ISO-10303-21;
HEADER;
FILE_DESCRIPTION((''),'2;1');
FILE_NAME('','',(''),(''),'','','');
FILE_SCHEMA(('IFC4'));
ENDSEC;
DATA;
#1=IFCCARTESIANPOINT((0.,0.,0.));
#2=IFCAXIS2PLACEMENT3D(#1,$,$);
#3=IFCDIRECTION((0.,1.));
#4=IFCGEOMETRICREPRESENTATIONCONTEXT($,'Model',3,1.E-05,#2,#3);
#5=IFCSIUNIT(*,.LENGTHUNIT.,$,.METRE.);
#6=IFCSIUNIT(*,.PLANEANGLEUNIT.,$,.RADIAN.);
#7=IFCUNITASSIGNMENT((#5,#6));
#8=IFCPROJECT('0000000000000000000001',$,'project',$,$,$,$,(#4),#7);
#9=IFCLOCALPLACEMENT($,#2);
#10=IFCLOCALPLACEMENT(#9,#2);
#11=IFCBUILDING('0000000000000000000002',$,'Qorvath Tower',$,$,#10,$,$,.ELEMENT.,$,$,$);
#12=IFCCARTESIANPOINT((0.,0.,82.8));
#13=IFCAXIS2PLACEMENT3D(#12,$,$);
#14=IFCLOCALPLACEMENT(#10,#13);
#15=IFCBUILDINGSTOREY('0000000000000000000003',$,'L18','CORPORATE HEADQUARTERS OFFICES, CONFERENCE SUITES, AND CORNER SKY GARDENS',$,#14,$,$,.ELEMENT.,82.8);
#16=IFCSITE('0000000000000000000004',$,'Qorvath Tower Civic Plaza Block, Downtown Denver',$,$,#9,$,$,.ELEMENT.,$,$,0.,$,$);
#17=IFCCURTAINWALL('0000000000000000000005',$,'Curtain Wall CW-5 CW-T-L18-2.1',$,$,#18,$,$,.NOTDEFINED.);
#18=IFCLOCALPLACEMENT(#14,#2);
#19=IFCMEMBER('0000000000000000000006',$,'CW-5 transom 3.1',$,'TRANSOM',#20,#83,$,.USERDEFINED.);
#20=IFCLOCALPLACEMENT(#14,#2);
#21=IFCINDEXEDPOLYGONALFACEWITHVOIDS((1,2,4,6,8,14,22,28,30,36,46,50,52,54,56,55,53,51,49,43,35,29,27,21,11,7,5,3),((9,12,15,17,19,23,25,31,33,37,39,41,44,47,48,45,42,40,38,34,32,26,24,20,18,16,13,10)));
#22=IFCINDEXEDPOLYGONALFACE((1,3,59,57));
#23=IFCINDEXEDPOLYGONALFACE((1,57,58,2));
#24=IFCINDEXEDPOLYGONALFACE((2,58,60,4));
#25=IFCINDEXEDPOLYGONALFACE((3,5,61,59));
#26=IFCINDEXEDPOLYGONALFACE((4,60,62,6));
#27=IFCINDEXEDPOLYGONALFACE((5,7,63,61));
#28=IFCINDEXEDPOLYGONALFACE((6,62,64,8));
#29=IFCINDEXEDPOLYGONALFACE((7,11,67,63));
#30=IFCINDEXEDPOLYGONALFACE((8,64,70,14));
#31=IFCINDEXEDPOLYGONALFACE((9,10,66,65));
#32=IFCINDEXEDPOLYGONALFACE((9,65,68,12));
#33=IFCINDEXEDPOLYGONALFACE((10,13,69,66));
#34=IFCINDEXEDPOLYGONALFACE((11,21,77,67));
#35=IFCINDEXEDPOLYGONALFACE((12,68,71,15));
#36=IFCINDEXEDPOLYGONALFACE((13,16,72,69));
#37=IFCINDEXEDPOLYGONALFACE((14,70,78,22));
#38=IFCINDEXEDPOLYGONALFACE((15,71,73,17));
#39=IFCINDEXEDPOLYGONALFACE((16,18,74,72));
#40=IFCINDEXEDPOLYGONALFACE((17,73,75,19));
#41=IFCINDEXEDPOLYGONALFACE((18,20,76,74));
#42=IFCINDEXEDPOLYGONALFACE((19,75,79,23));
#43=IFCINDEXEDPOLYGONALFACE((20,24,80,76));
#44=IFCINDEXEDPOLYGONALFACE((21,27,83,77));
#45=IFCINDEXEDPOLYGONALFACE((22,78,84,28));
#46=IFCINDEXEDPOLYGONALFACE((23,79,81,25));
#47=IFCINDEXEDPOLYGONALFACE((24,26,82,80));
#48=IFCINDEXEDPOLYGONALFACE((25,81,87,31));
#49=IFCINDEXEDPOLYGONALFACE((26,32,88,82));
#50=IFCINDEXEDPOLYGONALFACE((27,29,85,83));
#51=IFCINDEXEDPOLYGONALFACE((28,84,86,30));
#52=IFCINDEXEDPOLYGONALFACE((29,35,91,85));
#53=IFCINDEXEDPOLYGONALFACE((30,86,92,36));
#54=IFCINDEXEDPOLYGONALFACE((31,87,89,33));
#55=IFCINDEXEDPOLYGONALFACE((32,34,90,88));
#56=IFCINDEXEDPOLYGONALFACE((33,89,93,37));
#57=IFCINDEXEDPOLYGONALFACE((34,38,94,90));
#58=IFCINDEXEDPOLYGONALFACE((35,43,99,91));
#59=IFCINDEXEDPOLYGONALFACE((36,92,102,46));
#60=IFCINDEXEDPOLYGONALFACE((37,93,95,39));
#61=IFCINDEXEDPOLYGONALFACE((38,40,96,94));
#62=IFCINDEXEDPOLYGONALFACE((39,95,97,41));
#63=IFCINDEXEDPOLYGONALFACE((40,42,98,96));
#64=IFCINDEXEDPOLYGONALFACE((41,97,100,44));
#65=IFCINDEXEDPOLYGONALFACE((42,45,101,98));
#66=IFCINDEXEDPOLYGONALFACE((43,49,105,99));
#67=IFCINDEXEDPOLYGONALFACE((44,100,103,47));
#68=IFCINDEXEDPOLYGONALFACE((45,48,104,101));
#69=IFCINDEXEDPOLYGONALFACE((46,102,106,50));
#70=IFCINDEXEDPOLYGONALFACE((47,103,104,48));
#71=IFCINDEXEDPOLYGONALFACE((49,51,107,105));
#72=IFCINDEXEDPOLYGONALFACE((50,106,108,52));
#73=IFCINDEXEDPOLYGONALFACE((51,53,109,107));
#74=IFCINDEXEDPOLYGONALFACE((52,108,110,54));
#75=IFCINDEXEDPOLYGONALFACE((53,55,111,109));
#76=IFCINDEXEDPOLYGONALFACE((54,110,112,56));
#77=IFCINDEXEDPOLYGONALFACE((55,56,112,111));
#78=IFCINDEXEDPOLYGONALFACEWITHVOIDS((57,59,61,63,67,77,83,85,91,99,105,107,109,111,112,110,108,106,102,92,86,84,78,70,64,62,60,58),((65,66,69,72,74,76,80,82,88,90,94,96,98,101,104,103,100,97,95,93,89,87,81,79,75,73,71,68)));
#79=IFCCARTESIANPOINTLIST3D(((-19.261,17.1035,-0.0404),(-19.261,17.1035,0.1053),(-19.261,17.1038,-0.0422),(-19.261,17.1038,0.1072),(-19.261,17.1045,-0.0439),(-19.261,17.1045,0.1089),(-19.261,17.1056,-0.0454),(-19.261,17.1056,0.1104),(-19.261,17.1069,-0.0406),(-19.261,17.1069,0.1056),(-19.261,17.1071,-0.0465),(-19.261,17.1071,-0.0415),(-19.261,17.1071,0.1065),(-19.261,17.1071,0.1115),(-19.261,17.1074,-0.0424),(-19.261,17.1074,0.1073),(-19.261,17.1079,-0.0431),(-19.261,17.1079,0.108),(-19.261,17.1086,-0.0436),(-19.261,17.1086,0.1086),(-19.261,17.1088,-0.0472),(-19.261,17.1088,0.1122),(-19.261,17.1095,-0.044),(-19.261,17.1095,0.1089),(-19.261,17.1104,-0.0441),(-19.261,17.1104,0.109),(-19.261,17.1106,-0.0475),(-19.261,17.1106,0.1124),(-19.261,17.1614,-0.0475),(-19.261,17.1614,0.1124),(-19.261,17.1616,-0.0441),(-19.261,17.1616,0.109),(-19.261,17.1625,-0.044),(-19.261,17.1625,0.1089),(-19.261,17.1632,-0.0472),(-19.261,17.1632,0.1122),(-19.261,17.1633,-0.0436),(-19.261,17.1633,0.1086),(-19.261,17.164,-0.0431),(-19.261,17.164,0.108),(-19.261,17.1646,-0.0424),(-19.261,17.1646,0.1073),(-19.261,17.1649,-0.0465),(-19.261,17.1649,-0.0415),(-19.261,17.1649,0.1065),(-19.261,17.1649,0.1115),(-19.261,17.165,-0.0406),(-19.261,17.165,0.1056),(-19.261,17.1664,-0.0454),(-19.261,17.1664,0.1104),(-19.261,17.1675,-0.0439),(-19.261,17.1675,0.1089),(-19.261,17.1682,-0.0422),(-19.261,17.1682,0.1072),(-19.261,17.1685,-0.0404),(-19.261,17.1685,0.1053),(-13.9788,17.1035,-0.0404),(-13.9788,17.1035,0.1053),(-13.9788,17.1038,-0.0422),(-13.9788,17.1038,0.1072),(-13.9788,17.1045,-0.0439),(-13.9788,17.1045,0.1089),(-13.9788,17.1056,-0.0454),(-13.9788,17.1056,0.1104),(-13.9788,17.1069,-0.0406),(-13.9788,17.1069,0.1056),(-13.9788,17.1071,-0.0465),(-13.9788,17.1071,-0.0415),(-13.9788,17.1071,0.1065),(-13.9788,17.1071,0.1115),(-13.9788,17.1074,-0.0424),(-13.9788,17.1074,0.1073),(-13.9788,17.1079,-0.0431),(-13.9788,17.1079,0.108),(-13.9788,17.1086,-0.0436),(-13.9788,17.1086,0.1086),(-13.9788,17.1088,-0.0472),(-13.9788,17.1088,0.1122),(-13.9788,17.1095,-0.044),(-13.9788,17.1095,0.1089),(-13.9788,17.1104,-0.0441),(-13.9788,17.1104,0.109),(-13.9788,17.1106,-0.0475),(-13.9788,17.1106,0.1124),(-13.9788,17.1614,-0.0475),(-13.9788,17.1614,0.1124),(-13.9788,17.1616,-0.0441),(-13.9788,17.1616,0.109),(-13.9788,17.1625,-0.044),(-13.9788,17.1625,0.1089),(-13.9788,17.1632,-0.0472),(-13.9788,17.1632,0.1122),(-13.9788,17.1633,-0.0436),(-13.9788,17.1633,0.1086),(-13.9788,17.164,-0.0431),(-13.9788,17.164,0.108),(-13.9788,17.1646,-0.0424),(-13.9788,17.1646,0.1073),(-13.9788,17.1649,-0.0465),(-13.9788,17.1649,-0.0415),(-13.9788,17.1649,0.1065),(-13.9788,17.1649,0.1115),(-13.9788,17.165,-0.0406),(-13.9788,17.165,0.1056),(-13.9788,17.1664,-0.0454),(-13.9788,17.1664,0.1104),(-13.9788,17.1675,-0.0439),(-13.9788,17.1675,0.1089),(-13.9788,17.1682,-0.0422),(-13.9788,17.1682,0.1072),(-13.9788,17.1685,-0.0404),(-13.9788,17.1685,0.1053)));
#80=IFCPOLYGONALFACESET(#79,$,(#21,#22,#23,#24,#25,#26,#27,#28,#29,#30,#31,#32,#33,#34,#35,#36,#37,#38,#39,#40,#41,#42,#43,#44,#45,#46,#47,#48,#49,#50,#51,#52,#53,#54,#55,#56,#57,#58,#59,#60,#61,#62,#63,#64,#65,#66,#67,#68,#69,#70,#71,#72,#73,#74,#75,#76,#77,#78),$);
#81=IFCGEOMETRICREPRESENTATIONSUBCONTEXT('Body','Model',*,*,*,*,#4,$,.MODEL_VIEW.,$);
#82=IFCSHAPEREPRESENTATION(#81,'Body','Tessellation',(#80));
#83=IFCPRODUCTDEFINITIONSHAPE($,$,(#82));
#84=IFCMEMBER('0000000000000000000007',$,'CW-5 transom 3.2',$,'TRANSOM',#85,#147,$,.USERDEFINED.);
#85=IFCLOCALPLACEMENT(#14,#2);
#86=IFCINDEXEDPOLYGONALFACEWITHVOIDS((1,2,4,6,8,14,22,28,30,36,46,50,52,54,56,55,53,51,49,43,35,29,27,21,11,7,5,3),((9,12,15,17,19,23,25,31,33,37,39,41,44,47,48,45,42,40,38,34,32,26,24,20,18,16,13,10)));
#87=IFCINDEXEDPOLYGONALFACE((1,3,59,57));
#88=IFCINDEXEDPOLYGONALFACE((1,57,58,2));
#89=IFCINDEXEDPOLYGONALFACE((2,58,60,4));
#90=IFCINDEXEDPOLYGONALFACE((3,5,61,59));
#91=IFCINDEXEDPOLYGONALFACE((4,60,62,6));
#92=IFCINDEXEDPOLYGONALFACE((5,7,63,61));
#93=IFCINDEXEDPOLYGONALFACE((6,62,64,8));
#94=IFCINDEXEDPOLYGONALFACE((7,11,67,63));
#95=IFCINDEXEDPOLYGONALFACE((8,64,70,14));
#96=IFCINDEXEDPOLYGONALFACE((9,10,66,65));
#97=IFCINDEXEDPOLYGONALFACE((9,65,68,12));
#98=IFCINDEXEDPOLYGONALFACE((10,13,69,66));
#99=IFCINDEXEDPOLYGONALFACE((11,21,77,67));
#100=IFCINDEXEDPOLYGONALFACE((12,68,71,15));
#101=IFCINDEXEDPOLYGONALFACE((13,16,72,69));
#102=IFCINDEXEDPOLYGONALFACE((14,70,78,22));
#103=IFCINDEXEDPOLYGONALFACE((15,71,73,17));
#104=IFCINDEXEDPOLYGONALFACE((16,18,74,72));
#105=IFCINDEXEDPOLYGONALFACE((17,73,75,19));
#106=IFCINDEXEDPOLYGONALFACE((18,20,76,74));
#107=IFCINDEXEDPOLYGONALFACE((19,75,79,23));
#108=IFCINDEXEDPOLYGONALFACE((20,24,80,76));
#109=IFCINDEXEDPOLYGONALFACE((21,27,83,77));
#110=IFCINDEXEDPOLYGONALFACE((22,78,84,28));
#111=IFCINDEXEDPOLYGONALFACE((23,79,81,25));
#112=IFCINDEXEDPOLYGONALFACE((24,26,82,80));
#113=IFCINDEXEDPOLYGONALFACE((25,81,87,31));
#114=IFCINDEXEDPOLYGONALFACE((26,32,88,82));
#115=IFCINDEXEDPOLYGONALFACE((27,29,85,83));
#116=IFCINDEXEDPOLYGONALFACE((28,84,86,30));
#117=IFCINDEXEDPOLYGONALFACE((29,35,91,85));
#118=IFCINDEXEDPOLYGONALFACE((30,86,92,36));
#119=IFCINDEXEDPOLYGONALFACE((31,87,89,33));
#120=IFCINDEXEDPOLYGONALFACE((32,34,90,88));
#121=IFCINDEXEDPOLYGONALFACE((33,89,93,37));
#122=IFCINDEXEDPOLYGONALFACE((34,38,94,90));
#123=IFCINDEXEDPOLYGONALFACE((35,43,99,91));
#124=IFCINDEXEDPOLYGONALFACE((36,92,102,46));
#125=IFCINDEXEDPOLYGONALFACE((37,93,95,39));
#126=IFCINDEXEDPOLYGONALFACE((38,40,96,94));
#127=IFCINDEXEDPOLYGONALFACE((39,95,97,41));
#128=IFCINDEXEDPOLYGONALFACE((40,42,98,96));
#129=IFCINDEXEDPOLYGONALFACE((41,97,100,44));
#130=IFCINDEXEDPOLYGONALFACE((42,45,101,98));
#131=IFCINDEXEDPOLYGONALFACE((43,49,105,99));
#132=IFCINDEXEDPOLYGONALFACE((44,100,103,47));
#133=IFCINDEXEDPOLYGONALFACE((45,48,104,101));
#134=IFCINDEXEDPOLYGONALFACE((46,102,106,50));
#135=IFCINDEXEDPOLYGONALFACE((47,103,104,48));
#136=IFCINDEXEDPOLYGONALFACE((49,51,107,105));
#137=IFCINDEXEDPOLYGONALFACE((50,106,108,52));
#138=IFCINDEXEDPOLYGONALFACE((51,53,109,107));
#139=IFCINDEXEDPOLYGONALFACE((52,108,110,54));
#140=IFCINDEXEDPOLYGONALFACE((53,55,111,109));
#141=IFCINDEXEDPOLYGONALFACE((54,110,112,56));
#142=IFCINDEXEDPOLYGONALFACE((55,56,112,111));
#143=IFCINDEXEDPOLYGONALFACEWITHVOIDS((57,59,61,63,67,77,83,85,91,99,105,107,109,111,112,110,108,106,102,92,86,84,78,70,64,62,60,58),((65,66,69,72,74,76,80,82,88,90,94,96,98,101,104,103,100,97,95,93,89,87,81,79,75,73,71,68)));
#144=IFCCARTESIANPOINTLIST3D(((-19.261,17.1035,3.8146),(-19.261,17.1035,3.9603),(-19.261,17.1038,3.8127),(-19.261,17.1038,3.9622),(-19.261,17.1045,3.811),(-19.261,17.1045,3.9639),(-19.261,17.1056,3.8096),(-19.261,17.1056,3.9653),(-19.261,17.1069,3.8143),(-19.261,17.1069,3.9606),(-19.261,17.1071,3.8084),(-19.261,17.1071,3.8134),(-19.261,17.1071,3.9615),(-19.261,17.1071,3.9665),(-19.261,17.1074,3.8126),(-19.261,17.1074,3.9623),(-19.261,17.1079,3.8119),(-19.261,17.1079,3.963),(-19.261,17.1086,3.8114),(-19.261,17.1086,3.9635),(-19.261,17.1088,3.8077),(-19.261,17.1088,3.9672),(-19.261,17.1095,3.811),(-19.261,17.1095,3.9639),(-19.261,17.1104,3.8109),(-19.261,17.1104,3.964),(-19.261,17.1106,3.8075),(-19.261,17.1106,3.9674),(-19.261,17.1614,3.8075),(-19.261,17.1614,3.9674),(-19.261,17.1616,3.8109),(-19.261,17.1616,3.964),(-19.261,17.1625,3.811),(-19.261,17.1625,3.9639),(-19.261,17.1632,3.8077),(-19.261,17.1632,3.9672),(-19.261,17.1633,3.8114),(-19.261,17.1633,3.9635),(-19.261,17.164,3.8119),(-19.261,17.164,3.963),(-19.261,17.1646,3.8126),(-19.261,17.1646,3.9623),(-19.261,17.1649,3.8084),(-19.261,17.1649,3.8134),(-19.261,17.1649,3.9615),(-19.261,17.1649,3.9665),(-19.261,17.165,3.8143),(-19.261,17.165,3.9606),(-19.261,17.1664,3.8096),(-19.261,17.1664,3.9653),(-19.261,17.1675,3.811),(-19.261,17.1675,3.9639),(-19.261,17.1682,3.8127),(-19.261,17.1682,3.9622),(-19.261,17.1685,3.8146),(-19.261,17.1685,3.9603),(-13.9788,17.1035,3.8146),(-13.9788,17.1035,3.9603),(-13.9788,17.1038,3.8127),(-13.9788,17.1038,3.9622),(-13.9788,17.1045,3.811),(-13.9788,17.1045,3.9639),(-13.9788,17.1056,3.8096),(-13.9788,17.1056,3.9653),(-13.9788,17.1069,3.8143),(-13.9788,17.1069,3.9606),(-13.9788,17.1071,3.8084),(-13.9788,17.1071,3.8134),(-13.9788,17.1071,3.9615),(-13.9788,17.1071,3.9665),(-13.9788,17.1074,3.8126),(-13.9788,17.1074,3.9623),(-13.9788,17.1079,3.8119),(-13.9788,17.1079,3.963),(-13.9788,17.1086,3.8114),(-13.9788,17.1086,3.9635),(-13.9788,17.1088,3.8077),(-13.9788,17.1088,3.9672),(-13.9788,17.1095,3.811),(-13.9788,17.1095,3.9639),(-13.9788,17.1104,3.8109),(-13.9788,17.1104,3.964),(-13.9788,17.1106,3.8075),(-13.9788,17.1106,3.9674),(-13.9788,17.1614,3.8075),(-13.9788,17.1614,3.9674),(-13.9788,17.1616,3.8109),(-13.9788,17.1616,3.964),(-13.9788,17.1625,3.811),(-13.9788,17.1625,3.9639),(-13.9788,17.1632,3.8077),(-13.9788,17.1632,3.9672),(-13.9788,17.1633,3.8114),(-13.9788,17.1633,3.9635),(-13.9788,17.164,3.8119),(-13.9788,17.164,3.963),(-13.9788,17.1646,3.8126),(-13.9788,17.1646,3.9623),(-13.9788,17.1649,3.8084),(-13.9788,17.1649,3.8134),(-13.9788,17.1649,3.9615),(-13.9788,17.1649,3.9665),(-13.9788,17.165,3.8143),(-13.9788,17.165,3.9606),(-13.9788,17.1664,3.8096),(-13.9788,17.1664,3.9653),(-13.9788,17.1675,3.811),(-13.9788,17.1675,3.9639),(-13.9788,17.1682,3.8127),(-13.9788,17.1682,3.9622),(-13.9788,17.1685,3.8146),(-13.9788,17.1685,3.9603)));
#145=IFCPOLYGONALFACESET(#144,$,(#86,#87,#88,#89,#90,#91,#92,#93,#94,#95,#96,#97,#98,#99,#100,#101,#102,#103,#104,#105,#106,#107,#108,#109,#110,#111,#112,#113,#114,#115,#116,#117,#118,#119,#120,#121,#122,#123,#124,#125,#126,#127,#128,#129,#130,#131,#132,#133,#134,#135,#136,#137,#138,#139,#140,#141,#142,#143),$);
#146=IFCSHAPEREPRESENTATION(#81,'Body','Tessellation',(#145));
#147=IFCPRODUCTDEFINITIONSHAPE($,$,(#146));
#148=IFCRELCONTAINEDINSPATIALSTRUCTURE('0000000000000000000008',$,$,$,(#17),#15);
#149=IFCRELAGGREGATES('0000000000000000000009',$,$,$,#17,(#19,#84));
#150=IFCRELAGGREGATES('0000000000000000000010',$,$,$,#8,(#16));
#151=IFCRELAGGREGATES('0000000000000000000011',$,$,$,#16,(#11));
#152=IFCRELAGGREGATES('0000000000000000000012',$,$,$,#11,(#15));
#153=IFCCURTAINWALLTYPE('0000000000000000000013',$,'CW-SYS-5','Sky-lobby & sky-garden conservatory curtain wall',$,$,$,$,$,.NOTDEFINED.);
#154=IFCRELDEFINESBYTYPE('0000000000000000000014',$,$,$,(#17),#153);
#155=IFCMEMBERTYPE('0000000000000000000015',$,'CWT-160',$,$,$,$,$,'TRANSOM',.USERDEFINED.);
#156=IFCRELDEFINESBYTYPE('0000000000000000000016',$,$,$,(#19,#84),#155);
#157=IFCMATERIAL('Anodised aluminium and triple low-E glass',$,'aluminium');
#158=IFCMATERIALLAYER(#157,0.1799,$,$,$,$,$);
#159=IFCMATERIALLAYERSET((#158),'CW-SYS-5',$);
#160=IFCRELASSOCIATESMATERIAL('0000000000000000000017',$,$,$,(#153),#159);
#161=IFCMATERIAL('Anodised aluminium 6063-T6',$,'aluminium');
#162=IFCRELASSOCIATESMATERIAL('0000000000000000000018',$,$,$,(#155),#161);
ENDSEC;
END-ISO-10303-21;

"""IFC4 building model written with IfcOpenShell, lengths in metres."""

from ifc_helpers import new_model, si_unit, direction, frame, origin, origin_2d, place, context, subcontext, project, spatial, hollow_rectangle, extrude, material, layer, layer_set, material_profile, profile_set, type_object, element, aggregate, save


model = new_model("IFC4")

# Units and contexts
model_context = context("Model", 3, precision=1e-05, world=origin(), true_north=direction((0.0, 1.0)))
body_context = subcontext(model_context, "Body", "Model", "MODEL_VIEW")
ifc_project = project(units=[si_unit("LENGTHUNIT", "METRE"), si_unit("PLANEANGLEUNIT", "RADIAN")], contexts=[model_context])

# Site, building, storey
site_placement = place(None, origin())
site = spatial("IfcSite", under=ifc_project, at=site_placement, Name="Qorvath Tower Civic Plaza Block, Downtown Denver", CompositionType="ELEMENT", RefElevation=0.0)
building_placement = place(site_placement, origin())
building = spatial("IfcBuilding", under=site, at=building_placement, Name="Qorvath Tower", CompositionType="ELEMENT")
storey_placement = place(building_placement, frame((0.0, 0.0, 82.8)))
storey = spatial("IfcBuildingStorey", under=building, at=storey_placement, Name="L18", Description="CORPORATE HEADQUARTERS OFFICES, CONFERENCE SUITES, AND CORNER SKY GARDENS", CompositionType="ELEMENT", Elevation=82.8)

# Curtain wall
ifc_material_1 = material(Name="Anodised aluminium and triple low-E glass", Category="aluminium")
ifc_layer_1 = layer(ifc_material_1, 0.1799)
ifc_layer_set_1 = layer_set([ifc_layer_1], Name="CW-SYS-5")
curtain_wall_type = type_object("IfcCurtainWallType", Name="CW-SYS-5", Description="Sky-lobby & sky-garden conservatory curtain wall", PredefinedType="NOTDEFINED", material=ifc_layer_set_1)
curtain_wall_1_placement = place(storey_placement, origin())
curtain_wall_1 = element("IfcCurtainWall", 1, at=curtain_wall_1_placement, inside=storey, type_object=curtain_wall_type, Name="Curtain Wall CW-5 CW-T-L18-2.1", PredefinedType="NOTDEFINED")

# Members
ifc_material_2 = material(Name="Anodised aluminium 6063-T6", Category="aluminium")
ifc_material_profile_1 = material_profile(ifc_material_2, hollow_rectangle(XDim=0.0649, YDim=0.1599, WallThickness=0.0034, InnerFilletRadius=0.0034, OuterFilletRadius=0.0071, at=origin_2d()), Name="CWT 160x65")
ifc_profile_set_1 = profile_set([ifc_material_profile_1], Name="Anodised aluminium 6063-T6")
member_type_1 = type_object("IfcMemberType", Name="CWT-160", ElementType="TRANSOM", PredefinedType="USERDEFINED", material=ifc_profile_set_1)
member_1_placement = place(storey_placement, frame((-13.9788, 17.136, 0.0325), z_axis=(-1.0, 0.0, 0.0), x_axis=(0.0, -1.0, 0.0)))
member_1 = element("IfcMember", 2, at=member_1_placement, type_object=member_type_1, Name="CW-5 transom 3.1", ObjectType="TRANSOM", PredefinedType="USERDEFINED", context=body_context, shape_type="SweptSolid", body=[
    extrude(hollow_rectangle(XDim=0.0649, YDim=0.1599, WallThickness=0.0034, InnerFilletRadius=0.0034, OuterFilletRadius=0.0071, at=origin_2d()), origin(), (0.0, 0.0, 1.0), 5.2822),
])
member_2_placement = place(storey_placement, frame((-13.9788, 17.136, 3.8875), z_axis=(-1.0, 0.0, 0.0), x_axis=(0.0, -1.0, 0.0)))
member_2 = element("IfcMember", 3, at=member_2_placement, type_object=member_type_1, Name="CW-5 transom 3.2", ObjectType="TRANSOM", PredefinedType="USERDEFINED", context=body_context, shape_type="SweptSolid", body=[
    extrude(hollow_rectangle(XDim=0.0649, YDim=0.1599, WallThickness=0.0034, InnerFilletRadius=0.0034, OuterFilletRadius=0.0071, at=origin_2d()), origin(), (0.0, 0.0, 1.0), 5.2822),
])

aggregate(curtain_wall_1, [member_1, member_2])

save(model, "model.ifc")
